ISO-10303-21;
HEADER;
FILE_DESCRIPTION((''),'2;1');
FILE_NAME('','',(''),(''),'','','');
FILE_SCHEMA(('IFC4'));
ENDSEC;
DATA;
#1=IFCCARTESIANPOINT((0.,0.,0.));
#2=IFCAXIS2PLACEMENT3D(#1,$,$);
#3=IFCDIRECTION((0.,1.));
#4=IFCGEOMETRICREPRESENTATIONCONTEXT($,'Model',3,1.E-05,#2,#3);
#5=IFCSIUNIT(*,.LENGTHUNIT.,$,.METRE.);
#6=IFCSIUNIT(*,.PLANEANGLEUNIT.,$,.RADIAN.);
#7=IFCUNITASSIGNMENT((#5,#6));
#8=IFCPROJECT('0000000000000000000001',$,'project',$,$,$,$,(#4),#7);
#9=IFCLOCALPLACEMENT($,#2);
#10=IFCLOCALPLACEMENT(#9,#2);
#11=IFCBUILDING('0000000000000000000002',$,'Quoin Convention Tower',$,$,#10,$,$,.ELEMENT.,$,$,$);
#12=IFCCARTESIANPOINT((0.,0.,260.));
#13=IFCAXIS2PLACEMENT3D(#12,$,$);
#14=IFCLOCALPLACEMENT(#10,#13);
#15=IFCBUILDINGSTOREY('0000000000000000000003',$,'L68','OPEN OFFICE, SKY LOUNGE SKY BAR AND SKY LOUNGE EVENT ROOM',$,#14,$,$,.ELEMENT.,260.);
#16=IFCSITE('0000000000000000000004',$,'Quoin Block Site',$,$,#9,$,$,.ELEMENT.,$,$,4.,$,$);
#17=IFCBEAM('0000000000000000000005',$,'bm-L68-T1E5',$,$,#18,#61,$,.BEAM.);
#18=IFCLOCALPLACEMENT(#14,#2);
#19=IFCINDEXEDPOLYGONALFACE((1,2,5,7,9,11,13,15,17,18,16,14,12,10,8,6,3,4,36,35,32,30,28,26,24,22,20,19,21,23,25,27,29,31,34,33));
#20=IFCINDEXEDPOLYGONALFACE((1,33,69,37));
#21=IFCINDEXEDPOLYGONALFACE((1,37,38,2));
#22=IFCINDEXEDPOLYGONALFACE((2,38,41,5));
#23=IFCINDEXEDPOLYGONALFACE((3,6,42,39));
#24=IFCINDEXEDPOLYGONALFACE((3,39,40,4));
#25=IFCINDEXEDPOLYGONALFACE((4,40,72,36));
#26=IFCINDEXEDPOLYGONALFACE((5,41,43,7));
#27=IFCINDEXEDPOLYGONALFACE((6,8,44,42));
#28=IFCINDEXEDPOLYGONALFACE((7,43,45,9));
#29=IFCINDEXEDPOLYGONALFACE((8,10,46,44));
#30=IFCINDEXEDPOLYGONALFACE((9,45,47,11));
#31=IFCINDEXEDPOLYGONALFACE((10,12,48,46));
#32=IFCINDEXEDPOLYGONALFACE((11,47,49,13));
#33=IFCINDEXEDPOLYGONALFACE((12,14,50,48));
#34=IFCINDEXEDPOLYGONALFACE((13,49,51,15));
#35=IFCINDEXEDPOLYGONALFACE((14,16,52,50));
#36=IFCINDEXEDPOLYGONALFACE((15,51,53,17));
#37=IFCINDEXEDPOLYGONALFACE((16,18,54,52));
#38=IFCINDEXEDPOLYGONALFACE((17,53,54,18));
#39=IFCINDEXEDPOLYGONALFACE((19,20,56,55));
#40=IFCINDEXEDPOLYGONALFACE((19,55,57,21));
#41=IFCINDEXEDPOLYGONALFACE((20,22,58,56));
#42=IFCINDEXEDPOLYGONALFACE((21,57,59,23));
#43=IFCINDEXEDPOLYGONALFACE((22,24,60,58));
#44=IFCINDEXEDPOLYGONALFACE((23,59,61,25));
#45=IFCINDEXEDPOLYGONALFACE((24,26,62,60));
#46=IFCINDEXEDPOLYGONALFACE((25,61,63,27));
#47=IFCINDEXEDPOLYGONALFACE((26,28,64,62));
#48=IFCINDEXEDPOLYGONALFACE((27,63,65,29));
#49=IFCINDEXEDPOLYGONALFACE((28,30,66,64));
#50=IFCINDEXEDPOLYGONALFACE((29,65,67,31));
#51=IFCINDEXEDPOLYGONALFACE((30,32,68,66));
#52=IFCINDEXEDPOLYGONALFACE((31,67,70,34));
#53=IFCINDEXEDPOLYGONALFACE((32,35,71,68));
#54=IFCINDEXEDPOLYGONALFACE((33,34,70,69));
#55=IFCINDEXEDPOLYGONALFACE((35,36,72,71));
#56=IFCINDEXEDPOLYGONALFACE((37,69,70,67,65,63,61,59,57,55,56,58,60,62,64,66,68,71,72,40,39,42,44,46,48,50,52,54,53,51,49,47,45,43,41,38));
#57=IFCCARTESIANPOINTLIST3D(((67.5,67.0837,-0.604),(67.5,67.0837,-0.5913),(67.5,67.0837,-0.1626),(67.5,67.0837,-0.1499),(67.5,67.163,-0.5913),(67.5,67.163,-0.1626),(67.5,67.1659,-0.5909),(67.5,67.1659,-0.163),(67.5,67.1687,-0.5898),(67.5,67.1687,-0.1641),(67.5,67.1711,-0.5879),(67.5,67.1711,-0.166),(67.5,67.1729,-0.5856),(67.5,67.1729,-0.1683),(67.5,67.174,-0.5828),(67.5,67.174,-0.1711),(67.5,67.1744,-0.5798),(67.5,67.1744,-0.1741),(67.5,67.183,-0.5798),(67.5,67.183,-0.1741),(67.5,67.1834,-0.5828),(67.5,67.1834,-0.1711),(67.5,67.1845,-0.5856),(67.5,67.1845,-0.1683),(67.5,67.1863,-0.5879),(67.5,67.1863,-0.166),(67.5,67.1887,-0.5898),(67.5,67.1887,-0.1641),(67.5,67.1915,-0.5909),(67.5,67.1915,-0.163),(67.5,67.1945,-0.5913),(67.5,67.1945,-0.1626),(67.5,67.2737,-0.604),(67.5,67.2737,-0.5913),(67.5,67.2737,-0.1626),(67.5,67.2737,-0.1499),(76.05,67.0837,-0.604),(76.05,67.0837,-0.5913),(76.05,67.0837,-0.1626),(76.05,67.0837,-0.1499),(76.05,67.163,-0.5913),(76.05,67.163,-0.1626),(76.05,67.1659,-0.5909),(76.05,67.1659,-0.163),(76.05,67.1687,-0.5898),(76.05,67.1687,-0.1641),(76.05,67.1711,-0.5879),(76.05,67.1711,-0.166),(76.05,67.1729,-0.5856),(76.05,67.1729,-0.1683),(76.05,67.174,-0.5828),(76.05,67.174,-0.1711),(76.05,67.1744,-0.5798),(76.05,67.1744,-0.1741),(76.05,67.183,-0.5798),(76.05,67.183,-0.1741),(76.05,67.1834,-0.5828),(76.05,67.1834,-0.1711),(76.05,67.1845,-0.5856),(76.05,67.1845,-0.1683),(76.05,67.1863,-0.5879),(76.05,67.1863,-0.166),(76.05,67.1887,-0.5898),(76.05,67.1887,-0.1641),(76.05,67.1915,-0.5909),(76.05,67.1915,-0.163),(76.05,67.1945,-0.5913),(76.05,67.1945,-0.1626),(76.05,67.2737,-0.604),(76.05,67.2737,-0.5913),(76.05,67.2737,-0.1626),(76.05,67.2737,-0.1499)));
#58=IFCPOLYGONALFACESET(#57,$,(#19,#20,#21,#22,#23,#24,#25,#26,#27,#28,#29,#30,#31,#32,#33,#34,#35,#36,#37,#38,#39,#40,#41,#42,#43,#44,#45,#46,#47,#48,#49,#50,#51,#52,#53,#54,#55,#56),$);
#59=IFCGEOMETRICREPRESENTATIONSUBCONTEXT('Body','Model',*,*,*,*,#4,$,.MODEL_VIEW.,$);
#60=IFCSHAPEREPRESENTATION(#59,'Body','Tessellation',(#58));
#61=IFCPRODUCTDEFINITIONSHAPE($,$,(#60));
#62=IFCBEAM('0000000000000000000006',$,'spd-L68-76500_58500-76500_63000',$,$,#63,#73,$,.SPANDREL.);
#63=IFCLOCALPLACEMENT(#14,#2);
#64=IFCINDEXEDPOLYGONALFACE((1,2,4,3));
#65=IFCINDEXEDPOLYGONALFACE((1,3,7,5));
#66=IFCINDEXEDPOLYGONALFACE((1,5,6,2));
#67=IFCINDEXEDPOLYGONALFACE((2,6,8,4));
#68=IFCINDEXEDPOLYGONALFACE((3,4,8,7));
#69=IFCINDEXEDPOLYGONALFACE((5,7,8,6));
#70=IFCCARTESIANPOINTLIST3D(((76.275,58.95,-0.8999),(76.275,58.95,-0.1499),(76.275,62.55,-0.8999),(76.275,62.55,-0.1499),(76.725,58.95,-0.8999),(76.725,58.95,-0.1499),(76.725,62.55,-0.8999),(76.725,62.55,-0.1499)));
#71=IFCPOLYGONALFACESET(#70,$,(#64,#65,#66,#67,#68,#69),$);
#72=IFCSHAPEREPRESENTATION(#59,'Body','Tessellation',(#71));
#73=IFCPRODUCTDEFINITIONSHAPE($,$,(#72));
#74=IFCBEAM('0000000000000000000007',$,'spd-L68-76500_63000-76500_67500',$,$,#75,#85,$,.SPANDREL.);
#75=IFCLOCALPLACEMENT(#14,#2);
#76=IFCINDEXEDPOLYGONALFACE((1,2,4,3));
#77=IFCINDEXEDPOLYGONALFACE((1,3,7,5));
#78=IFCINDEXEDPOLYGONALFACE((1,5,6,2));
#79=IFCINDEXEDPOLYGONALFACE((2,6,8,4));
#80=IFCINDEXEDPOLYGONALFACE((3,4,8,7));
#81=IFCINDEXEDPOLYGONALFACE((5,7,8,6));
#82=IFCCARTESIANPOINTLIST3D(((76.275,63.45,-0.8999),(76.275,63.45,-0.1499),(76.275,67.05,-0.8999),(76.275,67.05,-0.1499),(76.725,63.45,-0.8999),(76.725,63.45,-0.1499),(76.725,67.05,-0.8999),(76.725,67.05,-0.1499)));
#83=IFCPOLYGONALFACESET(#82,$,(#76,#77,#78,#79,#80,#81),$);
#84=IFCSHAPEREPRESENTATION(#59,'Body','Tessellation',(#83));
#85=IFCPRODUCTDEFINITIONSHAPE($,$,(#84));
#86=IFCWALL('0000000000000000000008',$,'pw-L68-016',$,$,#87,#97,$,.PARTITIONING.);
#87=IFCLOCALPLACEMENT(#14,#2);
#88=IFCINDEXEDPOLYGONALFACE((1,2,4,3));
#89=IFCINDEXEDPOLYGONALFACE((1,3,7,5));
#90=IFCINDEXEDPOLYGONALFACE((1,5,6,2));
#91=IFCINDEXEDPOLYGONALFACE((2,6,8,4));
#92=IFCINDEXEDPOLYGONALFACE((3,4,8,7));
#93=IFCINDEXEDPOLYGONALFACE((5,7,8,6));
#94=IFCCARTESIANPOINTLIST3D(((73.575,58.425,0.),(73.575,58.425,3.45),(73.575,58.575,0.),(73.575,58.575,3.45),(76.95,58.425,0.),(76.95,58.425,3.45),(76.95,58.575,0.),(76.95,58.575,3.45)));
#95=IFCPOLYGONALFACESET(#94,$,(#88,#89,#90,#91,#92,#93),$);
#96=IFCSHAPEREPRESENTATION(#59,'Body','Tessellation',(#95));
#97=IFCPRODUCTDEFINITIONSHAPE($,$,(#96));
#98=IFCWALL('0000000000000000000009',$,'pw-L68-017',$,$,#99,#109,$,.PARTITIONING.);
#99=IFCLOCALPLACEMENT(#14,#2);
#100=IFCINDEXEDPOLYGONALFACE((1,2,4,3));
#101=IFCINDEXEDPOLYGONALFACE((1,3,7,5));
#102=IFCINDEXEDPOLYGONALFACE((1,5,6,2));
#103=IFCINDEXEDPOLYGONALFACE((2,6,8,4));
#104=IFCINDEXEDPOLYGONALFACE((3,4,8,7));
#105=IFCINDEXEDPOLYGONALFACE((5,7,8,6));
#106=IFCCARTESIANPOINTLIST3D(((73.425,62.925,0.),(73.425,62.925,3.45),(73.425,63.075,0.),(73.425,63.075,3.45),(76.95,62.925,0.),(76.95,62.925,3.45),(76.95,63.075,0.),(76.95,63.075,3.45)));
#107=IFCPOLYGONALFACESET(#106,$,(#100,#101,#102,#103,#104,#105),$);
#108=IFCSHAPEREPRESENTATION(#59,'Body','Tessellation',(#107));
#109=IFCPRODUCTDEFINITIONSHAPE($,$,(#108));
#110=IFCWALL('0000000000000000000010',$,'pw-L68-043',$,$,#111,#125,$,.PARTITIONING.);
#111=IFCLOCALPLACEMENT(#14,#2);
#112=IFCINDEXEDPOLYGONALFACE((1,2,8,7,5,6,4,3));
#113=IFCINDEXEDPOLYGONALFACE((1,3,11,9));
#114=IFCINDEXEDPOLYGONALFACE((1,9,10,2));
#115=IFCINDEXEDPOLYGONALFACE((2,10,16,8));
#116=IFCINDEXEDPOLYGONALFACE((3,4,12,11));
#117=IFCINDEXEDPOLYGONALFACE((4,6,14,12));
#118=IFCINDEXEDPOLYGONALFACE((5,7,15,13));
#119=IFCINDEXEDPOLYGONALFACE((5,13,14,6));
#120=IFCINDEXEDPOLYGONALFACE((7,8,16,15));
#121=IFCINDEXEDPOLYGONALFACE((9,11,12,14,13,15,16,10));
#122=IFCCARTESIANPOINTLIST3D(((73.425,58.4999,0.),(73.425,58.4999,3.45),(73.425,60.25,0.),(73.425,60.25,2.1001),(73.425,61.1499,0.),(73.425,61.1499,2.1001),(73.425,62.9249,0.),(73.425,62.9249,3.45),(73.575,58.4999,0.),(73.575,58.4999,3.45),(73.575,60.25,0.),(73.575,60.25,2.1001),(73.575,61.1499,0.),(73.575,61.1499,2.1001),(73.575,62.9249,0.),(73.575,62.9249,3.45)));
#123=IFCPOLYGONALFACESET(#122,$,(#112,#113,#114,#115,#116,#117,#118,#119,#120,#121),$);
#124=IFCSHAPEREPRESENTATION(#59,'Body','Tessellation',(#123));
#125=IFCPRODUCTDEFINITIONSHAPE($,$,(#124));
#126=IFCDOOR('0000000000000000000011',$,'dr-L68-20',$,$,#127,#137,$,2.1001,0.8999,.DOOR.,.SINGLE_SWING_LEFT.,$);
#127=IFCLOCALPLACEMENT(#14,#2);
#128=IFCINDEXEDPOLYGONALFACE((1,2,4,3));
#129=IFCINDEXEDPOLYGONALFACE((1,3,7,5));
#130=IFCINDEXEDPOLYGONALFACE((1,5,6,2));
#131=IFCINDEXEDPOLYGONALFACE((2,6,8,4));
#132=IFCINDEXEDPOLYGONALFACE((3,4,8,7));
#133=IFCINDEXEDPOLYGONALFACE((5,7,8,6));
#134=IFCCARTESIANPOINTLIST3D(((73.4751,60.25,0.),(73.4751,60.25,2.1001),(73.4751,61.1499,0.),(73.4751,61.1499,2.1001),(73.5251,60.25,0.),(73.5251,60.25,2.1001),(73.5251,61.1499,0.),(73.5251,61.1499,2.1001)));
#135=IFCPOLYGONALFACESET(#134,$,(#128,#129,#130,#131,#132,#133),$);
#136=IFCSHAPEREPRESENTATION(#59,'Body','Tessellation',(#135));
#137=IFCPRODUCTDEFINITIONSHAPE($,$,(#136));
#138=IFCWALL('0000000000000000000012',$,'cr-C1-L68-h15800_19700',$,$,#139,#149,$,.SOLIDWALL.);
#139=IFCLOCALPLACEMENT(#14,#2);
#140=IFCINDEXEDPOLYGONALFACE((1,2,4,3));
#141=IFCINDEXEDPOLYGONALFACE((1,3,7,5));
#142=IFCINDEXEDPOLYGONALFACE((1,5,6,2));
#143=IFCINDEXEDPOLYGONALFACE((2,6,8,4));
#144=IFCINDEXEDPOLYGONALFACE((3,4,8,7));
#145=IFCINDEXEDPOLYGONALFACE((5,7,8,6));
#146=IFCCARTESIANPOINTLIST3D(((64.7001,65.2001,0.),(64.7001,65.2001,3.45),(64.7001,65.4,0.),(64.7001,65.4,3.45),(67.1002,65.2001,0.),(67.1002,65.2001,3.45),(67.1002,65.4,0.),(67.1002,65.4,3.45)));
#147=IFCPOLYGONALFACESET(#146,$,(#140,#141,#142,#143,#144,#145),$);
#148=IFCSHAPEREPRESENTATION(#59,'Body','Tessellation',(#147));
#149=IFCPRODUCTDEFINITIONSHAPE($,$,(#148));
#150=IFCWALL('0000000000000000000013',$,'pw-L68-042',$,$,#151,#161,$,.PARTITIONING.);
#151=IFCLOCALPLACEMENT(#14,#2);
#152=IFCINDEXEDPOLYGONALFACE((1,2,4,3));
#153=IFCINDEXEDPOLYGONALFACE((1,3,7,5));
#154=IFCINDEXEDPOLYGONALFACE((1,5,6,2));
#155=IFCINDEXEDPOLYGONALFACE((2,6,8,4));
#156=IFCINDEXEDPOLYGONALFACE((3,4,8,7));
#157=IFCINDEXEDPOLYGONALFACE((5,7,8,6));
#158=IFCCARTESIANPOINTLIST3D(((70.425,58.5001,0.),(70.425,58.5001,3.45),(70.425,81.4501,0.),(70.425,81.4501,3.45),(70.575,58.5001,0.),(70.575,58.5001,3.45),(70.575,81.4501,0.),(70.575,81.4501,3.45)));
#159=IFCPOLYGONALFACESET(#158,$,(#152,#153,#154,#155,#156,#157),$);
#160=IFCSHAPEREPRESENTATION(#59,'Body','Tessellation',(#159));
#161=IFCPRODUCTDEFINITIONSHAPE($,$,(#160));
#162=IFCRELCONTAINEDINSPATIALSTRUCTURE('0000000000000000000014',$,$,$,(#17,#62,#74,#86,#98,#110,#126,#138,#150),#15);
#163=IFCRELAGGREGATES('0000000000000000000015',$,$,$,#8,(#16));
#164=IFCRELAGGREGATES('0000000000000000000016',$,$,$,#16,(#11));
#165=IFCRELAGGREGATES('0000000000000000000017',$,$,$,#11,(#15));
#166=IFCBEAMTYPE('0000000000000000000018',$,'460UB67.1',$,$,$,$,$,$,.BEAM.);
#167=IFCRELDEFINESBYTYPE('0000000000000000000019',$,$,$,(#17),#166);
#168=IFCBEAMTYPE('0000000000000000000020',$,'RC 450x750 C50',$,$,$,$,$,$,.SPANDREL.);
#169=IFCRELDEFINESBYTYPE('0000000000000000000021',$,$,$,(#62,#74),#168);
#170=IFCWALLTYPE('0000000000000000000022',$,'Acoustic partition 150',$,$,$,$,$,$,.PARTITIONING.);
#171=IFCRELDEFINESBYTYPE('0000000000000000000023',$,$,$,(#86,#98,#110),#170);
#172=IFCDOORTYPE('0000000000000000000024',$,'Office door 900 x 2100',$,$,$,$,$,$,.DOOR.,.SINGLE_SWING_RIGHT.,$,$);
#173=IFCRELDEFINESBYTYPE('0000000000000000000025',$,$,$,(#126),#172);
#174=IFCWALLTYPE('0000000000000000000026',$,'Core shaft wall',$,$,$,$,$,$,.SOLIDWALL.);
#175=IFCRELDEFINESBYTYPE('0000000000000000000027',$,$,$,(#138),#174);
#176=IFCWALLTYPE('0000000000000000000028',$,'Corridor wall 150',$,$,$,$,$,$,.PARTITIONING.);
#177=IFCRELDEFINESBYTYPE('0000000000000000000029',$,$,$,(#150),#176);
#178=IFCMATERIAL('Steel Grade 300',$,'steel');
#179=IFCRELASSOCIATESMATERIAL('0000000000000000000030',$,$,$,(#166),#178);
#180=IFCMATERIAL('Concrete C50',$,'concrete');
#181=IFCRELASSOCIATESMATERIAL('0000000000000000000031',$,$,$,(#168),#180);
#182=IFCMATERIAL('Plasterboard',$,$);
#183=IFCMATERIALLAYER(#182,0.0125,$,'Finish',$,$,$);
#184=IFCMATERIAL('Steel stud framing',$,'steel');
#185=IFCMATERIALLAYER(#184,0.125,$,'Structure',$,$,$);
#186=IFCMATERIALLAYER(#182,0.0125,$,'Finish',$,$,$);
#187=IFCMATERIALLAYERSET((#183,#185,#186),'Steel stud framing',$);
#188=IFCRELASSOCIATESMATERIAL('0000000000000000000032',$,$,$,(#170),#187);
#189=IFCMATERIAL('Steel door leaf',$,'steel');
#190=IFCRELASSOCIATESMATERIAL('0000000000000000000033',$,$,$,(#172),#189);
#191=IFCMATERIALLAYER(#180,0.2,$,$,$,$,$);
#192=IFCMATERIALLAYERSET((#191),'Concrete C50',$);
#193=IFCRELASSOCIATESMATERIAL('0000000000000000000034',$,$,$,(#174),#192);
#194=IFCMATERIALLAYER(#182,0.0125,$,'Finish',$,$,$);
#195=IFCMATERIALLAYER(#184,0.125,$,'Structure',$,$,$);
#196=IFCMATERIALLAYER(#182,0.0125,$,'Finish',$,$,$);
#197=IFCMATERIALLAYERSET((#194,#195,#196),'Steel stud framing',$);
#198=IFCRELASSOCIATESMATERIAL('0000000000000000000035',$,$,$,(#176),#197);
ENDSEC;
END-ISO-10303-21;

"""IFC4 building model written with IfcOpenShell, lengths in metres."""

from ifc_helpers import new_model, si_unit, direction, frame, frame_2d, origin, origin_2d, place, context, subcontext, project, spatial, rectangle, i_section, extrude, material, layer, layer_set, material_profile, profile_set, type_object, element, fill, save


model = new_model("IFC4")

# Units and contexts
model_context = context("Model", 3, precision=1e-05, world=origin(), true_north=direction((0.0, 1.0)))
body_context = subcontext(model_context, "Body", "Model", "MODEL_VIEW")
ifc_project = project(units=[si_unit("LENGTHUNIT", "METRE"), si_unit("PLANEANGLEUNIT", "RADIAN")], contexts=[model_context])

# Site, building, storey
site_placement = place(None, origin())
site = spatial("IfcSite", under=ifc_project, at=site_placement, Name="Quoin Block Site", CompositionType="ELEMENT", RefElevation=4.0)
building_placement = place(site_placement, origin())
building = spatial("IfcBuilding", under=site, at=building_placement, Name="Quoin Convention Tower", CompositionType="ELEMENT")
storey_placement = place(building_placement, frame((0.0, 0.0, 260.0)))
storey = spatial("IfcBuildingStorey", under=building, at=storey_placement, Name="L68", Description="OPEN OFFICE, SKY LOUNGE SKY BAR AND SKY LOUNGE EVENT ROOM", CompositionType="ELEMENT", Elevation=260.0)

# Shared definitions
ifc_material_1 = material(Name="Concrete C50", Category="concrete")

# Beams
ifc_material_2 = material(Name="Steel Grade 300", Category="steel")
ifc_material_profile_1 = material_profile(ifc_material_2, i_section(OverallWidth=0.1899, OverallDepth=0.4541, WebThickness=0.0085, FlangeThickness=0.0127, FilletRadius=0.0115, at=origin_2d()), Name="460UB67.1")
ifc_profile_set_1 = profile_set([ifc_material_profile_1], Name="Steel Grade 300")
beam_type_1 = type_object("IfcBeamType", Name="460UB67.1", PredefinedType="BEAM", material=ifc_profile_set_1)
beam_placement = place(storey_placement, frame((67.5, 67.1787, -0.377), z_axis=(1.0, 0.0, 0.0), x_axis=(0.0, 1.0, 0.0)))
element("IfcBeam", 1, at=beam_placement, inside=storey, type_object=beam_type_1, Name="bm-L68-T1E5", PredefinedType="BEAM", context=body_context, shape_type="SweptSolid", body=[
    extrude(i_section(OverallWidth=0.1899, OverallDepth=0.4541, WebThickness=0.0085, FlangeThickness=0.0127, FilletRadius=0.0115, at=origin_2d()), origin(), (0.0, 0.0, 1.0), 8.55),
])
ifc_material_profile_2 = material_profile(ifc_material_1, rectangle(XDim=0.45, YDim=0.75, at=origin_2d()), Name="RC 450x750")
ifc_profile_set_2 = profile_set([ifc_material_profile_2], Name="Concrete C50")
beam_type_2 = type_object("IfcBeamType", Name="RC 450x750 C50", PredefinedType="SPANDREL", material=ifc_profile_set_2)
for number, where, z_axis, x_axis, name in (
    (2, (76.5, 58.95, -0.5249), (0.0, 1.0, 0.0), (-1.0, 0.0, 0.0), "spd-L68-76500_58500-76500_63000"),
    (3, (76.5, 63.45, -0.5249), (0.0, 1.0, 0.0), (-1.0, 0.0, 0.0), "spd-L68-76500_63000-76500_67500"),
):
    element("IfcBeam", number, at=place(storey_placement, frame(where, z_axis=z_axis, x_axis=x_axis)), inside=storey, type_object=beam_type_2, Name=name, PredefinedType="SPANDREL", context=body_context, shape_type="SweptSolid", body=[
        extrude(rectangle(XDim=0.45, YDim=0.75, at=origin_2d()), origin(), (0.0, 0.0, 1.0), 3.6001),
    ])

# Walls
ifc_material_3 = material(Name="Plasterboard")
ifc_layer_1 = layer(ifc_material_3, 0.0125, Name="Finish")
ifc_material_4 = material(Name="Steel stud framing", Category="steel")
ifc_layer_2 = layer(ifc_material_4, 0.125, Name="Structure")
ifc_layer_3 = layer(ifc_material_3, 0.0125, Name="Finish")
ifc_layer_set_1 = layer_set([ifc_layer_1, ifc_layer_2, ifc_layer_3], Name="Steel stud framing")
wall_type_1 = type_object("IfcWallType", Name="Acoustic partition 150", PredefinedType="PARTITIONING", material=ifc_layer_set_1)
wall_1_placement = place(storey_placement, frame((73.575, 58.5, 0.0), z_axis=(0.0, 0.0, 1.0), x_axis=(1.0, 0.0, 0.0)))
element("IfcWall", 4, at=wall_1_placement, inside=storey, type_object=wall_type_1, Name="pw-L68-016", PredefinedType="PARTITIONING", context=body_context, shape_type="SweptSolid", body=[
    extrude(rectangle(XDim=3.375, YDim=0.1499, at=frame_2d((1.6875, 0.0))), origin(), (0.0, 0.0, 1.0), 3.45),
])
wall_2_placement = place(storey_placement, frame((73.425, 63.0, 0.0), z_axis=(0.0, 0.0, 1.0), x_axis=(1.0, 0.0, 0.0)))
element("IfcWall", 5, at=wall_2_placement, inside=storey, type_object=wall_type_1, Name="pw-L68-017", PredefinedType="PARTITIONING", context=body_context, shape_type="SweptSolid", body=[
    extrude(rectangle(XDim=3.5249, YDim=0.1499, at=frame_2d((1.7625, 0.0))), origin(), (0.0, 0.0, 1.0), 3.45),
])

# Wall, opening, door
wall_3_placement = place(storey_placement, frame((73.5, 58.5, 0.0), z_axis=(0.0, 0.0, 1.0), x_axis=(0.0, 1.0, 0.0)))
wall_3 = element("IfcWall", 6, at=wall_3_placement, inside=storey, type_object=wall_type_1, Name="pw-L68-043", PredefinedType="PARTITIONING", context=body_context, shape_type="SweptSolid", body=[
    extrude(rectangle(XDim=4.425, YDim=0.1499, at=frame_2d((2.2124, 0.0))), origin(), (0.0, 0.0, 1.0), 3.45),
])
opening_1_placement = place(wall_3_placement, frame((1.75, 0.0, 0.0)))
opening_1 = element("IfcOpeningElement", 7, at=opening_1_placement, cuts=wall_3, PredefinedType="OPENING", context=body_context, shape_type="SweptSolid", body=[
    extrude(rectangle(XDim=0.8999, YDim=2.1001, at=frame_2d((0.45, 1.05))), frame((0.0, 0.085, 0.0), z_axis=(0.0, -1.0, 0.0), x_axis=(1.0, 0.0, 0.0)), (0.0, 0.0, 1.0), 0.1699),
])
ifc_material_5 = material(Name="Steel door leaf", Category="steel")
door_type = type_object("IfcDoorType", Name="Office door 900 x 2100", OperationType="SINGLE_SWING_RIGHT", PredefinedType="DOOR", material=ifc_material_5)
door_1_placement = place(opening_1_placement, origin())
door_1 = element("IfcDoor", 8, at=door_1_placement, inside=storey, type_object=door_type, Name="dr-L68-20", OperationType="SINGLE_SWING_LEFT", OverallHeight=2.1001, OverallWidth=0.8999, PredefinedType="DOOR", context=body_context, shape_type="SweptSolid", body=[
    extrude(rectangle(XDim=0.8999, YDim=2.1001, at=frame_2d((0.45, 1.05))), frame((0.0, 0.0249, 0.0), z_axis=(0.0, -1.0, 0.0), x_axis=(1.0, 0.0, 0.0)), (0.0, 0.0, 1.0), 0.05),
])
fill(opening_1, door_1)

# Walls
ifc_layer_4 = layer(ifc_material_1, 0.2)
ifc_layer_set_2 = layer_set([ifc_layer_4], Name="Concrete C50")
wall_type_2 = type_object("IfcWallType", Name="Core shaft wall", PredefinedType="SOLIDWALL", material=ifc_layer_set_2)
wall_4_placement = place(storey_placement, frame((64.7, 65.3, 0.0), z_axis=(0.0, 0.0, 1.0), x_axis=(1.0, 0.0, 0.0)))
element("IfcWall", 9, at=wall_4_placement, inside=storey, type_object=wall_type_2, Name="cr-C1-L68-h15800_19700", PredefinedType="SOLIDWALL", context=body_context, shape_type="SweptSolid", body=[
    extrude(rectangle(XDim=2.4001, YDim=0.2, at=frame_2d((1.2002, 0.0))), origin(), (0.0, 0.0, 1.0), 3.45),
])
ifc_layer_5 = layer(ifc_material_3, 0.0125, Name="Finish")
ifc_layer_6 = layer(ifc_material_4, 0.125, Name="Structure")
ifc_layer_7 = layer(ifc_material_3, 0.0125, Name="Finish")
ifc_layer_set_3 = layer_set([ifc_layer_5, ifc_layer_6, ifc_layer_7], Name="Steel stud framing")
wall_type_3 = type_object("IfcWallType", Name="Corridor wall 150", PredefinedType="PARTITIONING", material=ifc_layer_set_3)
wall_5_placement = place(storey_placement, frame((70.5, 58.5, 0.0), z_axis=(0.0, 0.0, 1.0), x_axis=(0.0, 1.0, 0.0)))
element("IfcWall", 10, at=wall_5_placement, inside=storey, type_object=wall_type_3, Name="pw-L68-042", PredefinedType="PARTITIONING", context=body_context, shape_type="SweptSolid", body=[
    extrude(rectangle(XDim=22.95, YDim=0.1499, at=frame_2d((11.4751, 0.0))), origin(), (0.0, 0.0, 1.0), 3.45),
])

save(model, "model.ifc")
